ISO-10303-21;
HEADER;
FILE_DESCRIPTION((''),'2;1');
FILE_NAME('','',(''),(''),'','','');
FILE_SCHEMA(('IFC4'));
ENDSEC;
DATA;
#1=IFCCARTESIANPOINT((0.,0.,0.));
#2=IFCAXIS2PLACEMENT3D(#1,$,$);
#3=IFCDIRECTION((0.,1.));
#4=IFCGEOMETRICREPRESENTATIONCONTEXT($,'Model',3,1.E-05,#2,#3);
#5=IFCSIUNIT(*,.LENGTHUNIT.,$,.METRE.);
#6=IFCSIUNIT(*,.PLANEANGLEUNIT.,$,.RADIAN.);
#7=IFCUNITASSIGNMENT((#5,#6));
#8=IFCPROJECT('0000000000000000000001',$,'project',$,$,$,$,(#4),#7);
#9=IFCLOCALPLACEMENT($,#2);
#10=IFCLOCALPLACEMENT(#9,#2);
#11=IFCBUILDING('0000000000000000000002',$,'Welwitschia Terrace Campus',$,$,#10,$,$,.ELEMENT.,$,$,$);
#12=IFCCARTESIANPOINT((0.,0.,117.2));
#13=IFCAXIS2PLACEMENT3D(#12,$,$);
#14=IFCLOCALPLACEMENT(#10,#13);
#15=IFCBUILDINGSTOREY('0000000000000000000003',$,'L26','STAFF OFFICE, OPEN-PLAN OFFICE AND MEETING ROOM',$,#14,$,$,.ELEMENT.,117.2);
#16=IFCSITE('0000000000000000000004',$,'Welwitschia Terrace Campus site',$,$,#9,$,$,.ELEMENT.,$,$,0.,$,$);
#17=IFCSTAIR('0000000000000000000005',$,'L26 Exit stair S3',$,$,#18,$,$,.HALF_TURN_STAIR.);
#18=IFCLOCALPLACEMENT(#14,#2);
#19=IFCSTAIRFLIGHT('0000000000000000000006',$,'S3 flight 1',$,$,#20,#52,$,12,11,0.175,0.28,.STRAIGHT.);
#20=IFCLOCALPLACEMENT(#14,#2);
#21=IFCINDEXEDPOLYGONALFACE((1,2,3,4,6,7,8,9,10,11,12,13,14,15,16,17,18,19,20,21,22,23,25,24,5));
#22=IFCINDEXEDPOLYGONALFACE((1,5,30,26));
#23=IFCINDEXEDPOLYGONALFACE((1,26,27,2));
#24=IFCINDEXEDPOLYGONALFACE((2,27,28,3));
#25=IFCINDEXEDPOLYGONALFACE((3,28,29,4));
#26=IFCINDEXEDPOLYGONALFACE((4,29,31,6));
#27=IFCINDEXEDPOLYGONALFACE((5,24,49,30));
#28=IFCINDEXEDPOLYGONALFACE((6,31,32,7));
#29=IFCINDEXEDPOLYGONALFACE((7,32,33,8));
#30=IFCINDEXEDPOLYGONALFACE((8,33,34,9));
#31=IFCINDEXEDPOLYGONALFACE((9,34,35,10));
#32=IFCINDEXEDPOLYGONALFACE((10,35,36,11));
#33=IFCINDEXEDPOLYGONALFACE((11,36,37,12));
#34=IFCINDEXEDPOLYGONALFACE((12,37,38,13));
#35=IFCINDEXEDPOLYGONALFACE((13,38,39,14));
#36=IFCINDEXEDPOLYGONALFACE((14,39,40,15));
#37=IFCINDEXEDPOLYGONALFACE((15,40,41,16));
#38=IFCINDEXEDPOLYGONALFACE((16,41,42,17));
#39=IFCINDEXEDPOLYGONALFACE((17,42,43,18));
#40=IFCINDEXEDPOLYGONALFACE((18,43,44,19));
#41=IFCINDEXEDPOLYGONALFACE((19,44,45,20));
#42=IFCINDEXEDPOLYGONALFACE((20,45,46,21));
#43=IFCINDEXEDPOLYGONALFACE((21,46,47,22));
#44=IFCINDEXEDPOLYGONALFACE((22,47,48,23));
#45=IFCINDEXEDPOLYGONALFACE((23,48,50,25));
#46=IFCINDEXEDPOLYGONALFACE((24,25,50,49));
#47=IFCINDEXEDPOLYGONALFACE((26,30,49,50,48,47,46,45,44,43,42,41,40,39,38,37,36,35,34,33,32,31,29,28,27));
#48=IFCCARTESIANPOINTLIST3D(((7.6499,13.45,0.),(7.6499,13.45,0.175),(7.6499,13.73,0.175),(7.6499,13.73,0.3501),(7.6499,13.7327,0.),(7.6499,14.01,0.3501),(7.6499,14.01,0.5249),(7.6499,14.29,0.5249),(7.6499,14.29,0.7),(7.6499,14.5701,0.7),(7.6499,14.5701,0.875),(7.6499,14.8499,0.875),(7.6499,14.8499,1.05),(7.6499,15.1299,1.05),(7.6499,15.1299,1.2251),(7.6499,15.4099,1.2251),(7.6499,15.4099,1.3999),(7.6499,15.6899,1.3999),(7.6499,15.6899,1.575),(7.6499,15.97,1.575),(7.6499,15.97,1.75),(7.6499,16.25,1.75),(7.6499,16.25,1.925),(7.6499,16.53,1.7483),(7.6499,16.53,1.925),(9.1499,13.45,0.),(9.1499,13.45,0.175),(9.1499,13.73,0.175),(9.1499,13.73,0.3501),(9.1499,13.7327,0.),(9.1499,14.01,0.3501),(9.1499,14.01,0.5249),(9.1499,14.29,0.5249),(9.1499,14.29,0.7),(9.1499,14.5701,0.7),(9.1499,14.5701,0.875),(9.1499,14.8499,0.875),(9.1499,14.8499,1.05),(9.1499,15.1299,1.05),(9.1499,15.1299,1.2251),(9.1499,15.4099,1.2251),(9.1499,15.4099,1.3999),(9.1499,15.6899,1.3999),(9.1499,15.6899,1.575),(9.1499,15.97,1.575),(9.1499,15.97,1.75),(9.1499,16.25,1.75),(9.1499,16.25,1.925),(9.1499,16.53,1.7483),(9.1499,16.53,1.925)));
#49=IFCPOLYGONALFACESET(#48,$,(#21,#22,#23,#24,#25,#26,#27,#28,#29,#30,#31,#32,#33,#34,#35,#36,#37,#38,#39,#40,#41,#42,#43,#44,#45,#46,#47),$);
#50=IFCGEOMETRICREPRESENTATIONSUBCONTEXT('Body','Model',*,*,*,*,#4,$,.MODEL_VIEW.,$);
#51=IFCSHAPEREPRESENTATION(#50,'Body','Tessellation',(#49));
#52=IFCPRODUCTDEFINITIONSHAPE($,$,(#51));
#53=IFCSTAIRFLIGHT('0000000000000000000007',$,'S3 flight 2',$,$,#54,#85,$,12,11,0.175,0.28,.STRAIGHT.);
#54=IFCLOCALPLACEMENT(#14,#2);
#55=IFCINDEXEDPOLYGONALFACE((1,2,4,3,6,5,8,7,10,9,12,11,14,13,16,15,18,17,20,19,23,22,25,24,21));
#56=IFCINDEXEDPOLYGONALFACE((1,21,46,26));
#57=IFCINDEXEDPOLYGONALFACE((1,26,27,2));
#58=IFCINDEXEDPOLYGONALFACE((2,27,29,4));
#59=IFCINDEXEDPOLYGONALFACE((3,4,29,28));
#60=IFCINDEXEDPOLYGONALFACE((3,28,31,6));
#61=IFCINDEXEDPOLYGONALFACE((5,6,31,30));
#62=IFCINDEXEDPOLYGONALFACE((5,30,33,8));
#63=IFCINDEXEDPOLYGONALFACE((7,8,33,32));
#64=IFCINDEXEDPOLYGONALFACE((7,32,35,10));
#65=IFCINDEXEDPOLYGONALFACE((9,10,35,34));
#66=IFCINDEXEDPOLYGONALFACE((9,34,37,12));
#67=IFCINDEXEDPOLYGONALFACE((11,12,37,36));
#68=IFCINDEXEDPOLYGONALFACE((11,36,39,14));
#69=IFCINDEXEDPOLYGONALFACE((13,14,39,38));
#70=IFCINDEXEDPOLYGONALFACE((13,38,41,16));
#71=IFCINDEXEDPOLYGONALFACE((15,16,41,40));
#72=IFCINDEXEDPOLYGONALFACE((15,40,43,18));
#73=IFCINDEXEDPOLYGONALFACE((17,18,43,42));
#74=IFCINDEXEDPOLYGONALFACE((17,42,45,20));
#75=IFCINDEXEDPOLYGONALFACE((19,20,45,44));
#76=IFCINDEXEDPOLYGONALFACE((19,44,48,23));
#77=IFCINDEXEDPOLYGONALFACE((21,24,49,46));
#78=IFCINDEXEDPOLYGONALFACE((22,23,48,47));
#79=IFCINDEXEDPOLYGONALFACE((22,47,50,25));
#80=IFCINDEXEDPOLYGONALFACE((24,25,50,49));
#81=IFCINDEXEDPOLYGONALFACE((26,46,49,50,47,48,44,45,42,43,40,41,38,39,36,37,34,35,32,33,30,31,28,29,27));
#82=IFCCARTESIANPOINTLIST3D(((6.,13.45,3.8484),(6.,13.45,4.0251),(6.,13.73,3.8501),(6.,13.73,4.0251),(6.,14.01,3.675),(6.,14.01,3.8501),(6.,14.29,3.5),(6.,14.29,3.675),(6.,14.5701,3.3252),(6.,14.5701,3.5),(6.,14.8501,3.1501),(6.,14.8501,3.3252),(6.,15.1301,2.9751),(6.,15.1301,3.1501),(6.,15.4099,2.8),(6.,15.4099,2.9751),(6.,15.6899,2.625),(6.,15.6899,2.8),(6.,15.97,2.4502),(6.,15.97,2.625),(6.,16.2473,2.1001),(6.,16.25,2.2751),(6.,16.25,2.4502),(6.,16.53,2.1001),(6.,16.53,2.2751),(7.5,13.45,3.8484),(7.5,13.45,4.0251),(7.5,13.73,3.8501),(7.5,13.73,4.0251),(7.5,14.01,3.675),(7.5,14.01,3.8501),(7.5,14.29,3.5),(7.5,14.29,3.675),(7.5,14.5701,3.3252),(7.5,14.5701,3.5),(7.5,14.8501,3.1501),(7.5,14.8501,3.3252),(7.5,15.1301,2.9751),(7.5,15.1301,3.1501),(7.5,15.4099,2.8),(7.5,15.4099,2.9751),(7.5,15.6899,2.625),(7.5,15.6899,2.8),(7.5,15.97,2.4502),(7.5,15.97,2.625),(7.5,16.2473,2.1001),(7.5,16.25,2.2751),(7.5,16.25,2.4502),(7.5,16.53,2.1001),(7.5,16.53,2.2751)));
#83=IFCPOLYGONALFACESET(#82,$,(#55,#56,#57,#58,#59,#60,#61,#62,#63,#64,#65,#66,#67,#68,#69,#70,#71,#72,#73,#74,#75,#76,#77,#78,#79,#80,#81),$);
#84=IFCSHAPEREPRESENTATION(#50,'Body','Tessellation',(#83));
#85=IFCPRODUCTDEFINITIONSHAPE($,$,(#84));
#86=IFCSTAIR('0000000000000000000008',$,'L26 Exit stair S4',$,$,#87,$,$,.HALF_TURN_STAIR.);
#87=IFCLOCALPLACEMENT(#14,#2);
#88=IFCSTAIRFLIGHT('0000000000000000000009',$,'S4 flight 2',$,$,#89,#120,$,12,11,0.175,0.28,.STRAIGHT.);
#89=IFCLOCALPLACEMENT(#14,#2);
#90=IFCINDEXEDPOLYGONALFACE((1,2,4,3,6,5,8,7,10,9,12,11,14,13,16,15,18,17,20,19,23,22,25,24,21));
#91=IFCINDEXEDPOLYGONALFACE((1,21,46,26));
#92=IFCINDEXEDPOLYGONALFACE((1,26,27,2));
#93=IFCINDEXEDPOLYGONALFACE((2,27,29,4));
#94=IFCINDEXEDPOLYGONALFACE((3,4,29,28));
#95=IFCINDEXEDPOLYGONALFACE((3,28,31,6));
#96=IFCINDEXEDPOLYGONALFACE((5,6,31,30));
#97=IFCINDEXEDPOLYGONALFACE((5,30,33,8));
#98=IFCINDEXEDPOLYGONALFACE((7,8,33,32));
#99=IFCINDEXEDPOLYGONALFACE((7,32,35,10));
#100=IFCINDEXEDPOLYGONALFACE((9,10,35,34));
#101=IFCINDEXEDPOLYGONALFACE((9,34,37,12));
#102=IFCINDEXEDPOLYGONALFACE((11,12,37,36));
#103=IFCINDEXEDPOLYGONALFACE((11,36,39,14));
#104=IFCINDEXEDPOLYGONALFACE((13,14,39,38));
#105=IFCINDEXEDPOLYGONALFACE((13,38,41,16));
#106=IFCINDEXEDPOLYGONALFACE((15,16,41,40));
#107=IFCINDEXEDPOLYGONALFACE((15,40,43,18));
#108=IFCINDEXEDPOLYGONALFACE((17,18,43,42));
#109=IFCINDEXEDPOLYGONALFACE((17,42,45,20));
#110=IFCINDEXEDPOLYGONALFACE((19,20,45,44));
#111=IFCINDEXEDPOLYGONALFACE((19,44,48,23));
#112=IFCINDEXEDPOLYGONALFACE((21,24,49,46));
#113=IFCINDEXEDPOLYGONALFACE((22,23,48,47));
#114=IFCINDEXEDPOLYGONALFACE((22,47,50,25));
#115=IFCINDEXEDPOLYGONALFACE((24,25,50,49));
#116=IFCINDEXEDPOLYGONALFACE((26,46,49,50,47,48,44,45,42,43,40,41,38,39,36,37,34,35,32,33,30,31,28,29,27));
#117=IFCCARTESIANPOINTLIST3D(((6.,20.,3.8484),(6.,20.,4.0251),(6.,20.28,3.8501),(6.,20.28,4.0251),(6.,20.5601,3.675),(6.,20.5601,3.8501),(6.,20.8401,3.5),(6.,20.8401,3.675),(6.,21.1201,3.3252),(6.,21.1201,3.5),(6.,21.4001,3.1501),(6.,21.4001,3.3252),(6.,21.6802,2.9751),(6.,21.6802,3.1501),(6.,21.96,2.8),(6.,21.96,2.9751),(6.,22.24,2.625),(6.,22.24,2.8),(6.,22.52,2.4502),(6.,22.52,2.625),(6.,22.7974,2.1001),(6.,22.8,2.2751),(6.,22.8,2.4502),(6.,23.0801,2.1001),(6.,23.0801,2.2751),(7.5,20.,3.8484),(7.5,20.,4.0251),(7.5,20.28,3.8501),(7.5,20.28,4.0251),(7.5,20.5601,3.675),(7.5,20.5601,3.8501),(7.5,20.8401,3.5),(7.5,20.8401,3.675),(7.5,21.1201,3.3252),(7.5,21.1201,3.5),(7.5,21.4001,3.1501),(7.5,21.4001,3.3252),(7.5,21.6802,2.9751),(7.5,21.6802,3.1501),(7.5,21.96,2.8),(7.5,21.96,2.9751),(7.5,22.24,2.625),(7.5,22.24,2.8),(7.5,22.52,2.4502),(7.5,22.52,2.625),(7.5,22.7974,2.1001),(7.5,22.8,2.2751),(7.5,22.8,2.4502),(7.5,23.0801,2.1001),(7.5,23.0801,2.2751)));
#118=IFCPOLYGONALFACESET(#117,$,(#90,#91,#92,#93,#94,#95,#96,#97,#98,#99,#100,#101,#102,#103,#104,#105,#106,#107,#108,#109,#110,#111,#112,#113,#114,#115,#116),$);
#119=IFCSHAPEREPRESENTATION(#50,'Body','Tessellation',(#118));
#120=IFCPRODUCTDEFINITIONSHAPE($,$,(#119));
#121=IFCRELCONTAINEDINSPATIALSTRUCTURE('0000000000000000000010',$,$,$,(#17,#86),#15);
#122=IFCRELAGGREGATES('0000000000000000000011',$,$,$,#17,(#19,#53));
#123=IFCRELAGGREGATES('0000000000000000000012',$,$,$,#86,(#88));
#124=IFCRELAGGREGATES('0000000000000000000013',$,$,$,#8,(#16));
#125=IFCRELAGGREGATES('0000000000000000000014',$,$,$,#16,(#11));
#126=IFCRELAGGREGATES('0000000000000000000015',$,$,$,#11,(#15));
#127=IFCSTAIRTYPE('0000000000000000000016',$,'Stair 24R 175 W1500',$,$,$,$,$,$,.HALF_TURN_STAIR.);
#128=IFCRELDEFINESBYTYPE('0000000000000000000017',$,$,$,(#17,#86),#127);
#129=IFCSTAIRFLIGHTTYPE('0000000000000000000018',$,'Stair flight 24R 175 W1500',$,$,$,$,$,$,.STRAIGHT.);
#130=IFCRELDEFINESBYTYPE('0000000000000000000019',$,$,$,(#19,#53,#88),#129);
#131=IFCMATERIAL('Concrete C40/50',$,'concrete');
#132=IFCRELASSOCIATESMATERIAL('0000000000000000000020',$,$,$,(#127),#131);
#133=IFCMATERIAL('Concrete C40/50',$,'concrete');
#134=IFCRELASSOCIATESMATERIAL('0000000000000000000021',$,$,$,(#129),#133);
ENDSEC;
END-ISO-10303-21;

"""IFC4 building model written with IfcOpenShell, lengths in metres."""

from ifc_helpers import new_model, si_unit, direction, frame, origin, place, context, subcontext, project, spatial, polyline, outline, extrude, material, type_object, element, aggregate, save


model = new_model("IFC4")

# Units and contexts
model_context = context("Model", 3, precision=1e-05, world=origin(), true_north=direction((0.0, 1.0)))
body_context = subcontext(model_context, "Body", "Model", "MODEL_VIEW")
ifc_project = project(units=[si_unit("LENGTHUNIT", "METRE"), si_unit("PLANEANGLEUNIT", "RADIAN")], contexts=[model_context])

# Site, building, storey
site_placement = place(None, origin())
site = spatial("IfcSite", under=ifc_project, at=site_placement, Name="Welwitschia Terrace Campus site", CompositionType="ELEMENT", RefElevation=0.0)
building_placement = place(site_placement, origin())
building = spatial("IfcBuilding", under=site, at=building_placement, Name="Welwitschia Terrace Campus", CompositionType="ELEMENT")
storey_placement = place(building_placement, frame((0.0, 0.0, 117.2)))
storey = spatial("IfcBuildingStorey", under=building, at=storey_placement, Name="L26", Description="STAFF OFFICE, OPEN-PLAN OFFICE AND MEETING ROOM", CompositionType="ELEMENT", Elevation=117.2)

# Stair, stair flights
ifc_material_1 = material(Name="Concrete C40/50", Category="concrete")
stair_type = type_object("IfcStairType", Name="Stair 24R 175 W1500", PredefinedType="HALF_TURN_STAIR", material=ifc_material_1)
stair_1_placement = place(storey_placement, origin())
stair_1 = element("IfcStair", 1, at=stair_1_placement, inside=storey, type_object=stair_type, Name="L26 Exit stair S3", PredefinedType="HALF_TURN_STAIR")
ifc_material_2 = material(Name="Concrete C40/50", Category="concrete")
stair_flight_type = type_object("IfcStairFlightType", Name="Stair flight 24R 175 W1500", PredefinedType="STRAIGHT", material=ifc_material_2)
stair_flight_1_placement = place(storey_placement, frame((8.3999, 13.45, 0.0), z_axis=(0.0, 0.0, 1.0), x_axis=(0.0, 1.0, 0.0)))
stair_flight_1 = element("IfcStairFlight", 2, at=stair_flight_1_placement, type_object=stair_flight_type, Name="S3 flight 1", NumberOfRisers=12, NumberOfTreads=11, PredefinedType="STRAIGHT", RiserHeight=0.175, TreadLength=0.28, context=body_context, shape_type="SweptSolid", body=[
    extrude(outline(polyline([(0.0, 0.0), (0.0, 0.175), (0.28, 0.175), (0.28, 0.3501), (0.5601, 0.3501), (0.5601, 0.5249), (0.8401, 0.5249), (0.8401, 0.7), (1.1201, 0.7), (1.1201, 0.875), (1.3999, 0.875), (1.3999, 1.05), (1.6799, 1.05), (1.6799, 1.2251), (1.96, 1.2251), (1.96, 1.3999), (2.24, 1.3999), (2.24, 1.575), (2.52, 1.575), (2.52, 1.75), (2.8, 1.75), (2.8, 1.925), (3.0801, 1.925), (3.0801, 2.1001), (3.0801, 1.7483), (0.2827, 0.0), (0.0, 0.0)])), frame((0.0, 0.75, 0.0), z_axis=(0.0, -1.0, 0.0), x_axis=(1.0, 0.0, 0.0)), (0.0, 0.0, 1.0), 1.5),
])
stair_flight_2_placement = place(storey_placement, frame((6.75, 16.53, 2.1001), z_axis=(0.0, 0.0, 1.0), x_axis=(0.0, -1.0, 0.0)))
stair_flight_2 = element("IfcStairFlight", 3, at=stair_flight_2_placement, type_object=stair_flight_type, Name="S3 flight 2", NumberOfRisers=12, NumberOfTreads=11, PredefinedType="STRAIGHT", RiserHeight=0.175, TreadLength=0.28, context=body_context, shape_type="SweptSolid", body=[
    extrude(outline(polyline([(0.0, 0.0), (0.0, 0.175), (0.28, 0.175), (0.28, 0.3501), (0.5601, 0.3501), (0.5601, 0.5249), (0.8401, 0.5249), (0.8401, 0.7), (1.1201, 0.7), (1.1201, 0.875), (1.3999, 0.875), (1.3999, 1.05), (1.6799, 1.05), (1.6799, 1.2251), (1.96, 1.2251), (1.96, 1.3999), (2.24, 1.3999), (2.24, 1.575), (2.52, 1.575), (2.52, 1.75), (2.8, 1.75), (2.8, 1.925), (3.0801, 1.925), (3.0801, 2.1001), (3.0801, 1.7483), (0.2827, 0.0), (0.0, 0.0)])), frame((0.0, 0.75, 0.0), z_axis=(0.0, -1.0, 0.0), x_axis=(1.0, 0.0, 0.0)), (0.0, 0.0, 1.0), 1.5),
])
aggregate(stair_1, [stair_flight_1, stair_flight_2])

# Stair, stair flight
stair_2_placement = place(storey_placement, origin())
stair_2 = element("IfcStair", 4, at=stair_2_placement, inside=storey, type_object=stair_type, Name="L26 Exit stair S4", PredefinedType="HALF_TURN_STAIR")
stair_flight_3_placement = place(storey_placement, frame((6.75, 23.0801, 2.1001), z_axis=(0.0, 0.0, 1.0), x_axis=(0.0, -1.0, 0.0)))
stair_flight_3 = element("IfcStairFlight", 5, at=stair_flight_3_placement, type_object=stair_flight_type, Name="S4 flight 2", NumberOfRisers=12, NumberOfTreads=11, PredefinedType="STRAIGHT", RiserHeight=0.175, TreadLength=0.28, context=body_context, shape_type="SweptSolid", body=[
    extrude(outline(polyline([(0.0, 0.0), (0.0, 0.175), (0.28, 0.175), (0.28, 0.3501), (0.5601, 0.3501), (0.5601, 0.5249), (0.8401, 0.5249), (0.8401, 0.7), (1.1201, 0.7), (1.1201, 0.875), (1.3999, 0.875), (1.3999, 1.05), (1.6799, 1.05), (1.6799, 1.2251), (1.96, 1.2251), (1.96, 1.3999), (2.24, 1.3999), (2.24, 1.575), (2.52, 1.575), (2.52, 1.75), (2.8, 1.75), (2.8, 1.925), (3.0801, 1.925), (3.0801, 2.1001), (3.0801, 1.7483), (0.2827, 0.0), (0.0, 0.0)])), frame((0.0, 0.75, 0.0), z_axis=(0.0, -1.0, 0.0), x_axis=(1.0, 0.0, 0.0)), (0.0, 0.0, 1.0), 1.5),
])
aggregate(stair_2, [stair_flight_3])

save(model, "model.ifc")
